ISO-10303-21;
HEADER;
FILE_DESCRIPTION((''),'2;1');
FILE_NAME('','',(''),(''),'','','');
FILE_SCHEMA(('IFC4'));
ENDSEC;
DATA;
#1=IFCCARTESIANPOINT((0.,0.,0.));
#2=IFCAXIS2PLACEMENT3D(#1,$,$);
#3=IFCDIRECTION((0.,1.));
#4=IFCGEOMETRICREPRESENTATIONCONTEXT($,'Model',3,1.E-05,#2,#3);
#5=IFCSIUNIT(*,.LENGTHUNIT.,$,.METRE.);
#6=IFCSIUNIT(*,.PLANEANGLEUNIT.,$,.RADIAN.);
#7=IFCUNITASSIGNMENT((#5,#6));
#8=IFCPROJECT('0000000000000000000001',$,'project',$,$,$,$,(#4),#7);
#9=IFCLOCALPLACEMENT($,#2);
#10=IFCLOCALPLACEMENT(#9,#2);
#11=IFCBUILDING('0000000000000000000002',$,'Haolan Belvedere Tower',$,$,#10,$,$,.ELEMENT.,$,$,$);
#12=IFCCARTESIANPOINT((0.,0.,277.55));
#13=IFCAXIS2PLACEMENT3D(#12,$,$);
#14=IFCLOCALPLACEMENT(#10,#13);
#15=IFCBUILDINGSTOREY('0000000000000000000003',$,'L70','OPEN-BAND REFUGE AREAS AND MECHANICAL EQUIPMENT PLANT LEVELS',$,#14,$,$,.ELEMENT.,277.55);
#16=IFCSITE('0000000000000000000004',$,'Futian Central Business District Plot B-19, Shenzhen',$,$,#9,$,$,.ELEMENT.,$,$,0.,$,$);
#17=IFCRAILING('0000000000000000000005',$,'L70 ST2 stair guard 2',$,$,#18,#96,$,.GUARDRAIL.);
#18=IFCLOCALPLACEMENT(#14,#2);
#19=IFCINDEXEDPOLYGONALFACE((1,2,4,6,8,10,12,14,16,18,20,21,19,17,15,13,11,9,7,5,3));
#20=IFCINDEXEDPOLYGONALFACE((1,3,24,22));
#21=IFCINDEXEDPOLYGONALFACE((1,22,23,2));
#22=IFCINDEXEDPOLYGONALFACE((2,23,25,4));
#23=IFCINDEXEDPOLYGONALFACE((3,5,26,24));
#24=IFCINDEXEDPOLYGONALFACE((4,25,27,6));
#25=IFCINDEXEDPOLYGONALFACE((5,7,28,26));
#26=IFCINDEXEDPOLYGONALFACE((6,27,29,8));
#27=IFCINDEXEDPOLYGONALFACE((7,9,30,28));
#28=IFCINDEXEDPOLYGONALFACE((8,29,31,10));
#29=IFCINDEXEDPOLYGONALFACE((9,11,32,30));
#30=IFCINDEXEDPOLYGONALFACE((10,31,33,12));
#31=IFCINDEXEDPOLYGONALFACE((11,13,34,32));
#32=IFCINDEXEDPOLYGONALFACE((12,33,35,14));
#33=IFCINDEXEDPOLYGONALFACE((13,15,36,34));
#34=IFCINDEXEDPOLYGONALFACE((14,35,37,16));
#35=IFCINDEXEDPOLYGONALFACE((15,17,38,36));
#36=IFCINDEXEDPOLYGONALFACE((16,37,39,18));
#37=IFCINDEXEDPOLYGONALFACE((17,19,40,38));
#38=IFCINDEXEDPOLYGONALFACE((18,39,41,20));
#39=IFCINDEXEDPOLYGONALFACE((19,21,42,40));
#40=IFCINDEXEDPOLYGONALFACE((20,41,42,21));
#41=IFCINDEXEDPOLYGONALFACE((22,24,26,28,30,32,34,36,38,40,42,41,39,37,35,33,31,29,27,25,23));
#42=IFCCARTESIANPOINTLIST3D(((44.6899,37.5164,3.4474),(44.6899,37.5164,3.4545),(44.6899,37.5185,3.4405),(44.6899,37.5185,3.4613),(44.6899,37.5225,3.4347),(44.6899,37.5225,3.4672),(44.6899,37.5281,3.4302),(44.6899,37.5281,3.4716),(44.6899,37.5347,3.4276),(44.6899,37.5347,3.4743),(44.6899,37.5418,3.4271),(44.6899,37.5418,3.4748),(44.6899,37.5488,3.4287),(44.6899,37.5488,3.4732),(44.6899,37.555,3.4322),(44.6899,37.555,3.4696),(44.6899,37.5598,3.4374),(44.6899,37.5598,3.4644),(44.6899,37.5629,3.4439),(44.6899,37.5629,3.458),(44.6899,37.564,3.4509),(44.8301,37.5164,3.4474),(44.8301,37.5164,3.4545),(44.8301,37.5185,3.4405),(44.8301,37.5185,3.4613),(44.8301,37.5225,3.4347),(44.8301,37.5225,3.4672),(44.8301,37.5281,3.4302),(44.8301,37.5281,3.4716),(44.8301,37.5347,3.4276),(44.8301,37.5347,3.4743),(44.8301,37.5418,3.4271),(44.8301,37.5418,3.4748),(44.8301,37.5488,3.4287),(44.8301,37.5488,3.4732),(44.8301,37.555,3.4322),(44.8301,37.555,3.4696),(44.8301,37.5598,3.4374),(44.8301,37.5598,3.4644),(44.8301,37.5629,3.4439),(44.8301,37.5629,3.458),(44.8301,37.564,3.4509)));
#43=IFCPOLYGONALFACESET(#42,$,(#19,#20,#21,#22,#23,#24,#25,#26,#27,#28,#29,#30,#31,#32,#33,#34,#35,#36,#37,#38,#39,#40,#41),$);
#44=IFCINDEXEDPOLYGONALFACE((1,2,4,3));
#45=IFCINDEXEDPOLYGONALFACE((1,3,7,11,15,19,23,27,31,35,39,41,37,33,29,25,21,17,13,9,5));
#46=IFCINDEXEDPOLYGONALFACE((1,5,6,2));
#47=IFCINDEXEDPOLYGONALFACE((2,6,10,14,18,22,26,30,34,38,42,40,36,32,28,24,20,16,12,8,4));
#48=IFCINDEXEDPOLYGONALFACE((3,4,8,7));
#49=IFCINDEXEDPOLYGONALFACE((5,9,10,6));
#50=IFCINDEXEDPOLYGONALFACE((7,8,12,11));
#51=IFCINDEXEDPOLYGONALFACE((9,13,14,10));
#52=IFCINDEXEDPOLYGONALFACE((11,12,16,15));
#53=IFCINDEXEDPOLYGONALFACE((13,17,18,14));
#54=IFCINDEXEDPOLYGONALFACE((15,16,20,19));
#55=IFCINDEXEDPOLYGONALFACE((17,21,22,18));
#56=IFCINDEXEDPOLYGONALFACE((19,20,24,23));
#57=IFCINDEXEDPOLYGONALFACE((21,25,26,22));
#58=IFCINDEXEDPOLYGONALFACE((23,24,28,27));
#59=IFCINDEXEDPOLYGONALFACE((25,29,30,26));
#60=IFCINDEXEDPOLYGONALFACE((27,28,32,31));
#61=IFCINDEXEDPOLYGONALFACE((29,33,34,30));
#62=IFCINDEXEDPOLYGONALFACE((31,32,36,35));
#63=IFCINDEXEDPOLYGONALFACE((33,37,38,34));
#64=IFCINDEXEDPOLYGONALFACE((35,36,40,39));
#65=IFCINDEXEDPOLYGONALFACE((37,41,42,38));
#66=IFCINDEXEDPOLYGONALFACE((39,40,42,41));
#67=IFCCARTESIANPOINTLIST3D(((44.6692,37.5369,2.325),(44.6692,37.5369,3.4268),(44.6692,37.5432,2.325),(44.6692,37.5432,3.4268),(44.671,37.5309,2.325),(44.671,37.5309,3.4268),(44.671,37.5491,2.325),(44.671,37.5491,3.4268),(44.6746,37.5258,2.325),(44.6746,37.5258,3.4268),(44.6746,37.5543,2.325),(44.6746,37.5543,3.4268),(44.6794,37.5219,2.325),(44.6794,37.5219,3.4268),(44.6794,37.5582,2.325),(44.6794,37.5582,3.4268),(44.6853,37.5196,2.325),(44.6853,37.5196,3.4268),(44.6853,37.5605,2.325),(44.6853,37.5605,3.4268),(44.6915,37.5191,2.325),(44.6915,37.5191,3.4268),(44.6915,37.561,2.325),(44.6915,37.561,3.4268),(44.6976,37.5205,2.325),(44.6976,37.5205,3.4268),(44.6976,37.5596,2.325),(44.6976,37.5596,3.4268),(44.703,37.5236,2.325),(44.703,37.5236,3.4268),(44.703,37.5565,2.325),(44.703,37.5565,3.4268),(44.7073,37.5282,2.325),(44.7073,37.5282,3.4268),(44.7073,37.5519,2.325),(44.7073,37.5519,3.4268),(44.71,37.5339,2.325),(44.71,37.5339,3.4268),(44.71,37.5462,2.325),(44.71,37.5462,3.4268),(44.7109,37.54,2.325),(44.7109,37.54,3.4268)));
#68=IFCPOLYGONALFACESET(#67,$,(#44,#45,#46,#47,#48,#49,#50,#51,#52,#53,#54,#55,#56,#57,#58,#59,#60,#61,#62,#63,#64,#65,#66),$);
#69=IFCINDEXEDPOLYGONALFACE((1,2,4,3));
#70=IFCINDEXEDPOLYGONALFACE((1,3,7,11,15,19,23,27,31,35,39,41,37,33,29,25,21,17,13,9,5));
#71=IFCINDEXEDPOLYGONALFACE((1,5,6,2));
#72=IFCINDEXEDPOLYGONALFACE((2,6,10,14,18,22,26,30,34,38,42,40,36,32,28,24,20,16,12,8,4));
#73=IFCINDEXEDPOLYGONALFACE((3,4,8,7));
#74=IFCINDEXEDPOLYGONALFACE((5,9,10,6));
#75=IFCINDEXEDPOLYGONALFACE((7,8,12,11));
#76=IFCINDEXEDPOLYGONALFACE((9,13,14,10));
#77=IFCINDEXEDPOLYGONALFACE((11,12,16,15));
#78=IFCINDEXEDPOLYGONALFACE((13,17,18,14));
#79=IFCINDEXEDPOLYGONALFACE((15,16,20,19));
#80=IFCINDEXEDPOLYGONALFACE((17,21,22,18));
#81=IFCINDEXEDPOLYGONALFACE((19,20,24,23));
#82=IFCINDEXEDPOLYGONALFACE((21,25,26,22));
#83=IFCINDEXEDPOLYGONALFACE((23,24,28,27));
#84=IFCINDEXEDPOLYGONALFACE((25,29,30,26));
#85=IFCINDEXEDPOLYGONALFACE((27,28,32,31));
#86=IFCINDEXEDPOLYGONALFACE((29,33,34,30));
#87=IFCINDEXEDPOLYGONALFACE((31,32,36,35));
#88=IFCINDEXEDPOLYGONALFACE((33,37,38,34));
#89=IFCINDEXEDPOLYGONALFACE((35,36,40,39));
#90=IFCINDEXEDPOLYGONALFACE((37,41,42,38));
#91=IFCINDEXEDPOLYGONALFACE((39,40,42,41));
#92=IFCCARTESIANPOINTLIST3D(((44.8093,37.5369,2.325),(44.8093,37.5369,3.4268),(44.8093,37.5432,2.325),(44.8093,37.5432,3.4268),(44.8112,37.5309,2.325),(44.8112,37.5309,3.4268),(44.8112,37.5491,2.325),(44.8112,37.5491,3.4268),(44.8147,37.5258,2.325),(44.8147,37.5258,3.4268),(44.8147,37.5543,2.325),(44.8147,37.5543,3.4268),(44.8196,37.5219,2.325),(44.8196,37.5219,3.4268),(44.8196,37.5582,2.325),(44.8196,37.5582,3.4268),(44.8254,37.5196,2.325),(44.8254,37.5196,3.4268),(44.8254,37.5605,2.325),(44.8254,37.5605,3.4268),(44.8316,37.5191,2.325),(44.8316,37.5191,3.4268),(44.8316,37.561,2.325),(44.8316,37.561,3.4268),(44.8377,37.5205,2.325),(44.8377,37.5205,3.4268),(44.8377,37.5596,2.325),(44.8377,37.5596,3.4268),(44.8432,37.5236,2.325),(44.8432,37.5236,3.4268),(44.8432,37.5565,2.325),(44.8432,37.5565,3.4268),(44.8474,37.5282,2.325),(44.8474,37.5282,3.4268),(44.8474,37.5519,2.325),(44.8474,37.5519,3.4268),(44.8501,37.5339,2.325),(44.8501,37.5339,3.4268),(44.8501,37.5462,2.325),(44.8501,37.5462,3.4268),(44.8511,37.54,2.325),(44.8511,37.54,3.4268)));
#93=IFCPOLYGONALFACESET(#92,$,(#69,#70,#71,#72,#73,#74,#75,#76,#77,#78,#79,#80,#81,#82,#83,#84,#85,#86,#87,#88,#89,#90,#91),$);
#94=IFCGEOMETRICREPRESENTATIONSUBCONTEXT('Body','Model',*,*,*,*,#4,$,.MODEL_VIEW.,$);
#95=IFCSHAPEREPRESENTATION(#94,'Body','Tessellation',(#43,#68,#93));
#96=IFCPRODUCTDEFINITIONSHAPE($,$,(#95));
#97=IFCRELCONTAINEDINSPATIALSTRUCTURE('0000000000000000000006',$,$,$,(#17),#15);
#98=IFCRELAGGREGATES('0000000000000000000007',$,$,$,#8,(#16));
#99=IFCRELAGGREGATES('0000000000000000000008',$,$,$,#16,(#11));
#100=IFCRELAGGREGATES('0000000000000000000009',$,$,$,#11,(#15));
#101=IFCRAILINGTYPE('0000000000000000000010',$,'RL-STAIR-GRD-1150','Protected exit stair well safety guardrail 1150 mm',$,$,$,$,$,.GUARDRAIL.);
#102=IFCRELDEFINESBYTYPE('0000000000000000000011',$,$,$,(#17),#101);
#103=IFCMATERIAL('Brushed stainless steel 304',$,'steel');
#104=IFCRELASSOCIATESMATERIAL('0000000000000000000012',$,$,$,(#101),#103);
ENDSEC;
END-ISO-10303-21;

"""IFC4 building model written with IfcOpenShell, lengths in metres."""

from ifc_helpers import new_model, si_unit, direction, frame, origin, origin_2d, place, context, subcontext, project, spatial, circle, extrude, material, type_object, element, save


model = new_model("IFC4")

# Units and contexts
model_context = context("Model", 3, precision=1e-05, world=origin(), true_north=direction((0.0, 1.0)))
body_context = subcontext(model_context, "Body", "Model", "MODEL_VIEW")
ifc_project = project(units=[si_unit("LENGTHUNIT", "METRE"), si_unit("PLANEANGLEUNIT", "RADIAN")], contexts=[model_context])

# Site, building, storey
site_placement = place(None, origin())
site = spatial("IfcSite", under=ifc_project, at=site_placement, Name="Futian Central Business District Plot B-19, Shenzhen", CompositionType="ELEMENT", RefElevation=0.0)
building_placement = place(site_placement, origin())
building = spatial("IfcBuilding", under=site, at=building_placement, Name="Haolan Belvedere Tower", CompositionType="ELEMENT")
storey_placement = place(building_placement, frame((0.0, 0.0, 277.55)))
storey = spatial("IfcBuildingStorey", under=building, at=storey_placement, Name="L70", Description="OPEN-BAND REFUGE AREAS AND MECHANICAL EQUIPMENT PLANT LEVELS", CompositionType="ELEMENT", Elevation=277.55)

# Railing
ifc_material_1 = material(Name="Brushed stainless steel 304", Category="steel")
railing_type_1 = type_object("IfcRailingType", Name="RL-STAIR-GRD-1150", Description="Protected exit stair well safety guardrail 1150 mm", PredefinedType="GUARDRAIL", material=ifc_material_1)
railing_1_placement = place(storey_placement, frame((44.6899, 37.54, 2.325)))
element("IfcRailing", 1, at=railing_1_placement, inside=storey, type_object=railing_type_1, Name="L70 ST2 stair guard 2", PredefinedType="GUARDRAIL", context=body_context, shape_type="SweptSolid", body=[
    extrude(circle(Radius=0.0239, at=origin_2d()), frame((0.0, 0.0, 1.126), z_axis=(1.0, 0.0, 0.0), x_axis=(0.0, 1.0, 0.0)), (0.0, 0.0, 1.0), 0.1401),
    extrude(circle(Radius=0.021, at=origin_2d()), origin(), (0.0, 0.0, 1.0), 1.1018),
    extrude(circle(Radius=0.021, at=origin_2d()), frame((0.1401, 0.0, 0.0)), (0.0, 0.0, 1.0), 1.1018),
])

save(model, "model.ifc")
